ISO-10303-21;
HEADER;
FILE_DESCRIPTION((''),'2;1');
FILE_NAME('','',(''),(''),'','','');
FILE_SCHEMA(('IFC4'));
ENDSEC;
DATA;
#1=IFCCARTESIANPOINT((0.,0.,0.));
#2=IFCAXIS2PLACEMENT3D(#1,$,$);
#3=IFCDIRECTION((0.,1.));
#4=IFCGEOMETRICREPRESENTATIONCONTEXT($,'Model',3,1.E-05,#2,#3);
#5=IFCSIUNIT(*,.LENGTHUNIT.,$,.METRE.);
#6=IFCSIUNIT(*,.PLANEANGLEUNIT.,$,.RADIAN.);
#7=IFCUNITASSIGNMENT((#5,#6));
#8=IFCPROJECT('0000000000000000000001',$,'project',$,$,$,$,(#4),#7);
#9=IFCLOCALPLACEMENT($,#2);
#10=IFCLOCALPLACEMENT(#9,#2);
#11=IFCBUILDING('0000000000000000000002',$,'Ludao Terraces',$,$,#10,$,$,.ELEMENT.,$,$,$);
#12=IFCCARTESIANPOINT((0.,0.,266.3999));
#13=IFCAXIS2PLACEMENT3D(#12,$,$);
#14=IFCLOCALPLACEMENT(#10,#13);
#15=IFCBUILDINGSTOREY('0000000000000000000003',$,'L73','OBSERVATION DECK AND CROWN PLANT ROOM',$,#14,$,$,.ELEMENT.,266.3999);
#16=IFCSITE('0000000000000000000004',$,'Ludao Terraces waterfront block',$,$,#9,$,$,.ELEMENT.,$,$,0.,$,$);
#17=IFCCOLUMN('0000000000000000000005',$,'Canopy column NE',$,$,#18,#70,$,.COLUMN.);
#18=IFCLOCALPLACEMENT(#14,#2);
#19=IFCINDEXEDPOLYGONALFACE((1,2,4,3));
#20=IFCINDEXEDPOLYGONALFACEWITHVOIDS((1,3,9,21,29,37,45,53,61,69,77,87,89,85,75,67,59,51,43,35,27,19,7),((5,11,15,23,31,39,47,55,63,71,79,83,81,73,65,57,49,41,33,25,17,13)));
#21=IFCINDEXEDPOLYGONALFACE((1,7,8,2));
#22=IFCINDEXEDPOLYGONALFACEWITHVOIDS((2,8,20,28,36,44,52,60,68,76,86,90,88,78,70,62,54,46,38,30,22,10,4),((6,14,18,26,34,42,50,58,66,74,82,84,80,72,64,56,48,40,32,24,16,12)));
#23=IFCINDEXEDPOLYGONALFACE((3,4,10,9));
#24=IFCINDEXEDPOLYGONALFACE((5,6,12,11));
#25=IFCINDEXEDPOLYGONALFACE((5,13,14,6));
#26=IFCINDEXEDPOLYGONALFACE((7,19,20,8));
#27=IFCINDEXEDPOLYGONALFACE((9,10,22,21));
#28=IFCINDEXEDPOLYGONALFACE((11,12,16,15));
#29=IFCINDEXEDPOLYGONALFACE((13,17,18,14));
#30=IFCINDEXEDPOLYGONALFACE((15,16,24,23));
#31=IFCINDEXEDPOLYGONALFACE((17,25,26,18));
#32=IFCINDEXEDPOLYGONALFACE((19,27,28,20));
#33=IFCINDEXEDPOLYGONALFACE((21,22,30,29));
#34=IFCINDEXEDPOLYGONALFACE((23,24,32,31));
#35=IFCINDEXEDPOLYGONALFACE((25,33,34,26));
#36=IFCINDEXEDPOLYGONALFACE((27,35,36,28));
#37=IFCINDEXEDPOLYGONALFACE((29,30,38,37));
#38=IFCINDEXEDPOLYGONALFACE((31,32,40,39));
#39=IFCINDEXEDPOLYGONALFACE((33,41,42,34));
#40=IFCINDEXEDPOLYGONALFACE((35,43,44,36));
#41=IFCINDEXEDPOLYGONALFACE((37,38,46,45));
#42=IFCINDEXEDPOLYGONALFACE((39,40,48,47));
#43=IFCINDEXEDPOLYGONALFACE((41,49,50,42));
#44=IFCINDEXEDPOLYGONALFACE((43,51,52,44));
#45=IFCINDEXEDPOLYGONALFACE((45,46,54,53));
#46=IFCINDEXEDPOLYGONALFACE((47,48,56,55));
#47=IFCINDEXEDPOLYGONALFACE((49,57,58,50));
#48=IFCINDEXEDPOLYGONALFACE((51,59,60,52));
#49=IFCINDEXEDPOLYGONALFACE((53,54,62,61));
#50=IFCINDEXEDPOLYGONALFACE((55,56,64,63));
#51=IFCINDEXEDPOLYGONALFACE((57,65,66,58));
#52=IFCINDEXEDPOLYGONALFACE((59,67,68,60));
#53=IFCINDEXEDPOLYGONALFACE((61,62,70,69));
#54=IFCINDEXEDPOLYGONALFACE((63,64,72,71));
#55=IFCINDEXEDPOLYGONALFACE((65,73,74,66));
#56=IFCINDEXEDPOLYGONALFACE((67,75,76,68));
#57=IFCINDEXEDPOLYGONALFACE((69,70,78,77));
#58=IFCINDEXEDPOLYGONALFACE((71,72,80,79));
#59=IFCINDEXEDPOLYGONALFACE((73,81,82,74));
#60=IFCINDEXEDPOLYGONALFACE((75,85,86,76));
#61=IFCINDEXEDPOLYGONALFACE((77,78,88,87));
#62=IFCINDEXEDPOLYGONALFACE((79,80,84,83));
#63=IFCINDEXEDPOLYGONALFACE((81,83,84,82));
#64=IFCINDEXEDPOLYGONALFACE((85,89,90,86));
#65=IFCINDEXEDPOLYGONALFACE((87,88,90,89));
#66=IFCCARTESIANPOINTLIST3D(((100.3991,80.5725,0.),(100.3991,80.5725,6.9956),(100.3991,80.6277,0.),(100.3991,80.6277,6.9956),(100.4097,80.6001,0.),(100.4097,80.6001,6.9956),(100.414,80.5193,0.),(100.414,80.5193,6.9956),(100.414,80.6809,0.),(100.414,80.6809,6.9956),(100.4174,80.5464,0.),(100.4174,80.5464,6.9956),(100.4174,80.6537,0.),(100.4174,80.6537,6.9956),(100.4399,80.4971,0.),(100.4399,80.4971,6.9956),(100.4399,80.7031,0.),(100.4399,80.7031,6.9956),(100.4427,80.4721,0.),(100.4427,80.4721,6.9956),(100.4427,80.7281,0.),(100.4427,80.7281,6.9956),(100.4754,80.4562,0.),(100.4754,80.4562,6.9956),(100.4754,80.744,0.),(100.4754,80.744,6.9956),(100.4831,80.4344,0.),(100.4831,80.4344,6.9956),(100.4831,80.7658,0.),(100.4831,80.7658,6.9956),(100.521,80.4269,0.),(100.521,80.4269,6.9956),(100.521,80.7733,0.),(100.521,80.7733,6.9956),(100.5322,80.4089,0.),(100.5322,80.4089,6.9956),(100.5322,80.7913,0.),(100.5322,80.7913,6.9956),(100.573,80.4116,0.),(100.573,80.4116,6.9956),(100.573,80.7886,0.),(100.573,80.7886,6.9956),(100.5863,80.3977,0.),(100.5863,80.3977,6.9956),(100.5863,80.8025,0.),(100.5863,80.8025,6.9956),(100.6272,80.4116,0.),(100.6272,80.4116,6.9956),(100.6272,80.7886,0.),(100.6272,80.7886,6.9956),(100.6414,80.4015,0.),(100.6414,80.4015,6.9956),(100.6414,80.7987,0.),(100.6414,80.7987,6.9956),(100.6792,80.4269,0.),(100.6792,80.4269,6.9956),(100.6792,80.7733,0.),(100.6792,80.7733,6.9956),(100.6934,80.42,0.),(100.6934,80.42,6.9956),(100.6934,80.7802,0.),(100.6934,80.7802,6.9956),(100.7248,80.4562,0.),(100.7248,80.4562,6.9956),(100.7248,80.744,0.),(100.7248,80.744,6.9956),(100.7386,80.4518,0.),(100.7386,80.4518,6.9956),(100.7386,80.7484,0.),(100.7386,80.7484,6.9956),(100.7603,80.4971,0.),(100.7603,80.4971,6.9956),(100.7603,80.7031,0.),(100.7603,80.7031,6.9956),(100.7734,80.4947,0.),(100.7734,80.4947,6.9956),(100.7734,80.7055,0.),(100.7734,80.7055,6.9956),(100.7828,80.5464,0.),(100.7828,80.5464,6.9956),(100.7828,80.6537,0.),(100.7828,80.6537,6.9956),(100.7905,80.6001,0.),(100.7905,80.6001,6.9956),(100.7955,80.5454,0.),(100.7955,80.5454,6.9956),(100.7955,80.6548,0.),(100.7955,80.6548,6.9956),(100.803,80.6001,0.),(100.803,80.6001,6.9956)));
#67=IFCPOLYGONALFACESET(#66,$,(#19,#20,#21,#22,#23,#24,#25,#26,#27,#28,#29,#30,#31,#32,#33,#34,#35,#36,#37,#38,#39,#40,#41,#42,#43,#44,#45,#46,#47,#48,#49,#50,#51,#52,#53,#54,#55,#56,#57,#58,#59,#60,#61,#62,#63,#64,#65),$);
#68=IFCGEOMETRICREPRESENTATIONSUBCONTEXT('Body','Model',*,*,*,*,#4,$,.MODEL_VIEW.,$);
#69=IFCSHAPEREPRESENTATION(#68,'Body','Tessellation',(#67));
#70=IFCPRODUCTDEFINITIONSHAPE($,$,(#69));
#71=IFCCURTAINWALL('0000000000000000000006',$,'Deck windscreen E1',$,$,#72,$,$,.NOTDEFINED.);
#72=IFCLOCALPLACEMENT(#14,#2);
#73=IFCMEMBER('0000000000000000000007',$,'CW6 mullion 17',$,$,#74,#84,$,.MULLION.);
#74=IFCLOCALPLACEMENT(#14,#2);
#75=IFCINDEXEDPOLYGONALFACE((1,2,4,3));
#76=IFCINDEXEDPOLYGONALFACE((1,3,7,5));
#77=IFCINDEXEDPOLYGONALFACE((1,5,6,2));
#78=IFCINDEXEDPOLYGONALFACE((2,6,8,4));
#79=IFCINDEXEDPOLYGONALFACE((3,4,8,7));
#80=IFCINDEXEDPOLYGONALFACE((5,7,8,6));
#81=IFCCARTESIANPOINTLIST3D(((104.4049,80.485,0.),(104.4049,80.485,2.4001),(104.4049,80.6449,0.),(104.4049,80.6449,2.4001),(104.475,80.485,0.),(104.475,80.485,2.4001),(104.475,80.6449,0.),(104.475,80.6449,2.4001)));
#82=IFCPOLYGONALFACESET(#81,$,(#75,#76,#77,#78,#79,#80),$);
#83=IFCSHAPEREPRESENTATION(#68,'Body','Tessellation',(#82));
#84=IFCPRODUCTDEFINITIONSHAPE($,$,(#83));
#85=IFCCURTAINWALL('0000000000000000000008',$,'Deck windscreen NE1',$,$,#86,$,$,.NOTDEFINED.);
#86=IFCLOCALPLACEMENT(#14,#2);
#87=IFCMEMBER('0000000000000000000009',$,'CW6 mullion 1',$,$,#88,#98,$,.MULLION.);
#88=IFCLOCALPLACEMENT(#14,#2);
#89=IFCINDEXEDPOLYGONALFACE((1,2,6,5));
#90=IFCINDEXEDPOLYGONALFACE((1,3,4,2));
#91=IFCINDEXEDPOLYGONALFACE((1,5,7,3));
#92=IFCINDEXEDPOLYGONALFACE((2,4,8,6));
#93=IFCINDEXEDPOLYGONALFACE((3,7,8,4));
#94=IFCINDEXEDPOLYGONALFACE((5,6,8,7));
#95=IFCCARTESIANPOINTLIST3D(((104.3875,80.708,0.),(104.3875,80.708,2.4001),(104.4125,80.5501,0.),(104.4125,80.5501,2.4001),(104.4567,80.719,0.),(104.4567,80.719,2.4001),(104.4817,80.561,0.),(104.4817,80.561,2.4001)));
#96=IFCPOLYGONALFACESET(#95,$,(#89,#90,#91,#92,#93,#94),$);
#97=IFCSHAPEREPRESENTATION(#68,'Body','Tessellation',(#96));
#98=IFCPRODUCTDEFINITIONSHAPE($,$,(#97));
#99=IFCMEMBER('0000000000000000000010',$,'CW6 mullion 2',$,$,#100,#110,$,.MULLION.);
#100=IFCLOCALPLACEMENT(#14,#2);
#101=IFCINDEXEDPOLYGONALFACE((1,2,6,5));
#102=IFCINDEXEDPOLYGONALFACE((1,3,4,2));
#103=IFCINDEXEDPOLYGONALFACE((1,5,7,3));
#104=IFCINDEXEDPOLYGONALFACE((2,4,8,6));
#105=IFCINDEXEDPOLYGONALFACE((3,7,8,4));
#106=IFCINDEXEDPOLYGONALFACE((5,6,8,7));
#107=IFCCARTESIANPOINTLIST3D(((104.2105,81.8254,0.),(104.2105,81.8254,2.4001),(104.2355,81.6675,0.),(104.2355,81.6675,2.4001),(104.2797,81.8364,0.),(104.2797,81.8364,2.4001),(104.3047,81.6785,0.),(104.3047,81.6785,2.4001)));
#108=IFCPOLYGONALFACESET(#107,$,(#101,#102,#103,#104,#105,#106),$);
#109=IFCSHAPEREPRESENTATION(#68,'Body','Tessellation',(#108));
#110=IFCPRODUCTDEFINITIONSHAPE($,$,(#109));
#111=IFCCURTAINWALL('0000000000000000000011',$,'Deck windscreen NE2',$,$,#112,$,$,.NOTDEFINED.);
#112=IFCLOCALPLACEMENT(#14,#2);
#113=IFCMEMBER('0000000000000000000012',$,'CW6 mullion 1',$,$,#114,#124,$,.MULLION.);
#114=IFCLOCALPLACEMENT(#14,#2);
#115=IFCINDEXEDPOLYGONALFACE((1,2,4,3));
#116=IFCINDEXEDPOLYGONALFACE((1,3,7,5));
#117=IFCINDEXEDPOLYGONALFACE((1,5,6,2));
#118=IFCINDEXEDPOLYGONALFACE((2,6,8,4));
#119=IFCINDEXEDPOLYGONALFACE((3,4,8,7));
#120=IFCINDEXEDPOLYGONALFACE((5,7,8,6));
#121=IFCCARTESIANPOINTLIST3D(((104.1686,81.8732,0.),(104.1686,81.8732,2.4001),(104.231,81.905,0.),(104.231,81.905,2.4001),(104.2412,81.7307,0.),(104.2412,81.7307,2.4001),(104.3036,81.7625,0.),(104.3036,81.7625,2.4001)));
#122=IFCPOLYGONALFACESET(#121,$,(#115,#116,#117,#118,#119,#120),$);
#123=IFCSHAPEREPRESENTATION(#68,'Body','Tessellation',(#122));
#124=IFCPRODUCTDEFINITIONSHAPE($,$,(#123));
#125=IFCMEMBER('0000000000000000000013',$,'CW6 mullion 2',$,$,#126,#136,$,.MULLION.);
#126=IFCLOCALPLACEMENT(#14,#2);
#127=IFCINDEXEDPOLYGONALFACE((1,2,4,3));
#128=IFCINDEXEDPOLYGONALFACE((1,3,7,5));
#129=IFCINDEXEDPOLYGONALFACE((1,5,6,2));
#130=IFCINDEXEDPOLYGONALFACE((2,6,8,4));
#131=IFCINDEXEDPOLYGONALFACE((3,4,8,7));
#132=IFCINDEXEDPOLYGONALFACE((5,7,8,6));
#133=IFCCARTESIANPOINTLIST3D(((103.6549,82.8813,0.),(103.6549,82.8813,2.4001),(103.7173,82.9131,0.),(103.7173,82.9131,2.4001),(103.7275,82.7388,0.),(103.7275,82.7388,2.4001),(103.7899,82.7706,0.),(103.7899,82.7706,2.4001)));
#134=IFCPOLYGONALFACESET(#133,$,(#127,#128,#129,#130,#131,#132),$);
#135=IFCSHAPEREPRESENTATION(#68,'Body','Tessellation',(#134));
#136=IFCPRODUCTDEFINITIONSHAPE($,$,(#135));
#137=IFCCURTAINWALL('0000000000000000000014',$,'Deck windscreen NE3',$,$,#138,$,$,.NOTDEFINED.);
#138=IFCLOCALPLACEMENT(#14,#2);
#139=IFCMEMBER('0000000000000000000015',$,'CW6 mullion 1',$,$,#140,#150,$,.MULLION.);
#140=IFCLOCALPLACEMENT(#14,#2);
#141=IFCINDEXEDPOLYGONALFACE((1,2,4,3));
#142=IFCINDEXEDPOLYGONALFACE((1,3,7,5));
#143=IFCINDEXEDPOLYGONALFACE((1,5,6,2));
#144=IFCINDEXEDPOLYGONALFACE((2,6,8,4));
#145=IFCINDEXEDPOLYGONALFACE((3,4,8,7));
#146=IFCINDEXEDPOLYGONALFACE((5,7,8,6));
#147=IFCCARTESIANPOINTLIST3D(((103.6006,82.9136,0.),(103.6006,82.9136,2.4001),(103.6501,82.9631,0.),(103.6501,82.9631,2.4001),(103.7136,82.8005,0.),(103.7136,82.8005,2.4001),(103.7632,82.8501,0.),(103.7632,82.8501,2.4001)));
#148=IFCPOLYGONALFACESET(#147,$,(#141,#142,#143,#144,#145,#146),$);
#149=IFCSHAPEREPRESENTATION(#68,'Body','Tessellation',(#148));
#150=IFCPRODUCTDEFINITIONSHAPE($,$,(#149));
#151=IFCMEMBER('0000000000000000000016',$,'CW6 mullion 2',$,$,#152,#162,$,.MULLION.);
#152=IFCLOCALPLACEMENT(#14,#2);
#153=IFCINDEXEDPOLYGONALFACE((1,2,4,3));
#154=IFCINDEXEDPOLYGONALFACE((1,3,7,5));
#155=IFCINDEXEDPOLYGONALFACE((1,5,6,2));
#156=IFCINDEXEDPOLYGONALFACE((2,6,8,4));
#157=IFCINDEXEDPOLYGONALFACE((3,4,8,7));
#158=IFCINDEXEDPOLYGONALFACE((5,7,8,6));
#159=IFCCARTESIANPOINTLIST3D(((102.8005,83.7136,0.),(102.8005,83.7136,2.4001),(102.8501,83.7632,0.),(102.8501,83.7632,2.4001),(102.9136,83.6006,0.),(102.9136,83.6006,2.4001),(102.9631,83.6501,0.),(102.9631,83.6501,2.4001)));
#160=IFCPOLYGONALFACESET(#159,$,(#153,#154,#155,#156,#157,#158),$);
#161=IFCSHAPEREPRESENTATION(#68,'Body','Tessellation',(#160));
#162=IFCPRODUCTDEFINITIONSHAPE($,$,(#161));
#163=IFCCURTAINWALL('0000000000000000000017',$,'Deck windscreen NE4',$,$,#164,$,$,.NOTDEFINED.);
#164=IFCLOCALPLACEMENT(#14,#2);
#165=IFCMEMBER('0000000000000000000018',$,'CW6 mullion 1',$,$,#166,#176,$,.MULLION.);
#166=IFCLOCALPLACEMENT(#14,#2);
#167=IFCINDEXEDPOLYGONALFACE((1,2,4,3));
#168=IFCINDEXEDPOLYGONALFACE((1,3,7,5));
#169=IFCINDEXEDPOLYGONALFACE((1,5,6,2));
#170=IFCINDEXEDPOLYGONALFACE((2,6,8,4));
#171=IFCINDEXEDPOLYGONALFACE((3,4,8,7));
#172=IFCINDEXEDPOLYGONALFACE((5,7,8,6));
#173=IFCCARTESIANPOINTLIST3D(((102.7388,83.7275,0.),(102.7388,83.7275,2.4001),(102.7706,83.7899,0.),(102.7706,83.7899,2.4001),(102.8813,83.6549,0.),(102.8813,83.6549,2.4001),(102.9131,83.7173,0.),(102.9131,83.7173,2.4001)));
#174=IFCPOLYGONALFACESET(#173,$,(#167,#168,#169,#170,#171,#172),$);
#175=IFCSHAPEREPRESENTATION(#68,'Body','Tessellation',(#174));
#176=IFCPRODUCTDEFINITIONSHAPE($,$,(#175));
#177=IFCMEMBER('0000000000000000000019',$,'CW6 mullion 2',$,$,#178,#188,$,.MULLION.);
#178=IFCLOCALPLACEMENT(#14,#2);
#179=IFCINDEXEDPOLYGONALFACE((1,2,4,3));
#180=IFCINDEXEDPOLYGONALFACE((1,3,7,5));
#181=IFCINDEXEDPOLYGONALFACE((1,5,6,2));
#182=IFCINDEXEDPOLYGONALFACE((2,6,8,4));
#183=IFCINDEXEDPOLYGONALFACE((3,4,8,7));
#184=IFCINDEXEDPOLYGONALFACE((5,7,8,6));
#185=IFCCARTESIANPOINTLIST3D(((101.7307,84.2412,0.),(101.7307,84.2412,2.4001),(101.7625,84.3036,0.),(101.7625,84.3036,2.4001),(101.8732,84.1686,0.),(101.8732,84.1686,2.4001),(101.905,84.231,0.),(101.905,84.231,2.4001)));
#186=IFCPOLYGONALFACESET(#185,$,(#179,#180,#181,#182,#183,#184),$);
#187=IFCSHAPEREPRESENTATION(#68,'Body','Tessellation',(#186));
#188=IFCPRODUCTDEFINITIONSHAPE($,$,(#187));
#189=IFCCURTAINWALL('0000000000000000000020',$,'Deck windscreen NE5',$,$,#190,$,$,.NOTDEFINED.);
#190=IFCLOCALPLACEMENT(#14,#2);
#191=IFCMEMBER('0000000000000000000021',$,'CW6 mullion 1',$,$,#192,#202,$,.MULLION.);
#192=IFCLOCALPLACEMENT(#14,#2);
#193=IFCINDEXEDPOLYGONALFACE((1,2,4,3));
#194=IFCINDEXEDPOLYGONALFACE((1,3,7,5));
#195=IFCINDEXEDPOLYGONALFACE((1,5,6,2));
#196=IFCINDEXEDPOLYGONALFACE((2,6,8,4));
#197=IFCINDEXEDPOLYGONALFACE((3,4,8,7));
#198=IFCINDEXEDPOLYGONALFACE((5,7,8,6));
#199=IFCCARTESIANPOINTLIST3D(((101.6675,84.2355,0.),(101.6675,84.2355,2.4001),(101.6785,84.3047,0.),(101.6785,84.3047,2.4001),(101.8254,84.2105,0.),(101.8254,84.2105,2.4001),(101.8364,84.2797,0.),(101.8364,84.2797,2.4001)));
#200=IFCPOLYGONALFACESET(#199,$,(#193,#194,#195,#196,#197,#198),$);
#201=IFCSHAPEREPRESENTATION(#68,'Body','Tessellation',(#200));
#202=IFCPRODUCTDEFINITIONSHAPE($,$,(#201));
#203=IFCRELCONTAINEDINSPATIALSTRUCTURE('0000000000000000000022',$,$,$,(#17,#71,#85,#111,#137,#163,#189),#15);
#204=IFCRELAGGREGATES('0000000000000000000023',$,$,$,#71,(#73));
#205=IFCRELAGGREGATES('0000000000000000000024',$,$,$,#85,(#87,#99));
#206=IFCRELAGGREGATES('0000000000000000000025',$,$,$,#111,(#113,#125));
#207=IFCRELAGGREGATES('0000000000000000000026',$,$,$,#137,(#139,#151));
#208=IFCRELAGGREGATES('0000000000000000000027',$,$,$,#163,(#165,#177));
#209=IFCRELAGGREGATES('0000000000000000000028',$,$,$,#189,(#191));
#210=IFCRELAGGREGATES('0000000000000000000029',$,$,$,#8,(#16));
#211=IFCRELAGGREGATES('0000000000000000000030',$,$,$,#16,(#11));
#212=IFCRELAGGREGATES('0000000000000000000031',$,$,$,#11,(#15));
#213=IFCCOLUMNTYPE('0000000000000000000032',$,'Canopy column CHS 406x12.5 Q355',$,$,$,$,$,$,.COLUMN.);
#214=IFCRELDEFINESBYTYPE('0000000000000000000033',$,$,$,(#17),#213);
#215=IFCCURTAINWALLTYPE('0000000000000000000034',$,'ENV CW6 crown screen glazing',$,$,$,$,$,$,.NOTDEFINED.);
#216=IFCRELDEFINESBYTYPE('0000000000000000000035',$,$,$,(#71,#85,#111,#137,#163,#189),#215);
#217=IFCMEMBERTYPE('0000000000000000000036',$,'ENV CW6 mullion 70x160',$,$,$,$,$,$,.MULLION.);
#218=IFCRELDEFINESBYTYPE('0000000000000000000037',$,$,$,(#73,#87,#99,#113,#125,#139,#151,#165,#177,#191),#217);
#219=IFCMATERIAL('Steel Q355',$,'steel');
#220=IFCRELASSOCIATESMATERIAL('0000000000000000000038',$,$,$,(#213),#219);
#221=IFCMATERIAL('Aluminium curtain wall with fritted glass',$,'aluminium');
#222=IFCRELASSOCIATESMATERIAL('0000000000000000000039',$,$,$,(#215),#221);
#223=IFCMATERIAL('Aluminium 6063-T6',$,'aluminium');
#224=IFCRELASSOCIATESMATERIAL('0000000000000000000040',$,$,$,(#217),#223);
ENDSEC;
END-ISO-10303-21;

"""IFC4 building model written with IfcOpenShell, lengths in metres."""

from ifc_helpers import new_model, si_unit, direction, frame, origin, origin_2d, place, context, subcontext, project, spatial, rectangle, hollow_circle, extrude, material, material_profile, profile_set, type_object, element, aggregate, save


model = new_model("IFC4")

# Units and contexts
model_context = context("Model", 3, precision=1e-05, world=origin(), true_north=direction((0.0, 1.0)))
body_context = subcontext(model_context, "Body", "Model", "MODEL_VIEW")
ifc_project = project(units=[si_unit("LENGTHUNIT", "METRE"), si_unit("PLANEANGLEUNIT", "RADIAN")], contexts=[model_context])

# Site, building, storey
site_placement = place(None, origin())
site = spatial("IfcSite", under=ifc_project, at=site_placement, Name="Ludao Terraces waterfront block", CompositionType="ELEMENT", RefElevation=0.0)
building_placement = place(site_placement, origin())
building = spatial("IfcBuilding", under=site, at=building_placement, Name="Ludao Terraces", CompositionType="ELEMENT")
storey_placement = place(building_placement, frame((0.0, 0.0, 266.3999)))
storey = spatial("IfcBuildingStorey", under=building, at=storey_placement, Name="L73", Description="OBSERVATION DECK AND CROWN PLANT ROOM", CompositionType="ELEMENT", Elevation=266.3999)

# Column
ifc_material_1 = material(Name="Steel Q355", Category="steel")
ifc_material_profile_1 = material_profile(ifc_material_1, hollow_circle(Radius=0.2029, WallThickness=0.0125, at=origin_2d()), Name="CHS 406X12.5")
ifc_profile_set_1 = profile_set([ifc_material_profile_1], Name="Steel Q355")
column_type = type_object("IfcColumnType", Name="Canopy column CHS 406x12.5 Q355", PredefinedType="COLUMN", material=ifc_profile_set_1)
column_placement = place(storey_placement, frame((100.6001, 80.6001, 0.0), z_axis=(0.0, 0.0, 1.0), x_axis=(1.0, 0.0, 0.0)))
element("IfcColumn", 1, at=column_placement, inside=storey, type_object=column_type, Name="Canopy column NE", PredefinedType="COLUMN", context=body_context, shape_type="SweptSolid", body=[
    extrude(hollow_circle(Radius=0.2029, WallThickness=0.0125, at=origin_2d()), origin(), (0.0, 0.0, 1.0), 6.9956),
])

# Curtain wall, member
ifc_material_2 = material(Name="Aluminium curtain wall with fritted glass", Category="aluminium")
curtain_wall_type = type_object("IfcCurtainWallType", Name="ENV CW6 crown screen glazing", PredefinedType="NOTDEFINED", material=ifc_material_2)
curtain_wall_1_placement = place(storey_placement, origin())
curtain_wall_1 = element("IfcCurtainWall", 2, at=curtain_wall_1_placement, inside=storey, type_object=curtain_wall_type, Name="Deck windscreen E1", PredefinedType="NOTDEFINED")
ifc_material_3 = material(Name="Aluminium 6063-T6", Category="aluminium")
ifc_material_profile_2 = material_profile(ifc_material_3, rectangle(XDim=0.0701, YDim=0.1599, at=origin_2d()), Name="70 X 160")
ifc_profile_set_2 = profile_set([ifc_material_profile_2], Name="Aluminium 6063-T6")
member_type_1 = type_object("IfcMemberType", Name="ENV CW6 mullion 70x160", PredefinedType="MULLION", material=ifc_profile_set_2)
member_1_placement = place(storey_placement, frame((104.4399, 80.5649, 0.0), z_axis=(0.0, 0.0, 1.0), x_axis=(-1.0, 0.0, 0.0)))
member_1 = element("IfcMember", 3, at=member_1_placement, type_object=member_type_1, Name="CW6 mullion 17", PredefinedType="MULLION", context=body_context, shape_type="SweptSolid", body=[
    extrude(rectangle(XDim=0.0701, YDim=0.1599, at=origin_2d()), origin(), (0.0, 0.0, 1.0), 2.4001),
])

# Curtain walls, members
curtain_wall_2_placement = place(storey_placement, origin())
curtain_wall_2 = element("IfcCurtainWall", 4, at=curtain_wall_2_placement, inside=storey, type_object=curtain_wall_type, Name="Deck windscreen NE1", PredefinedType="NOTDEFINED")
member_2_placement = place(storey_placement, frame((104.4346, 80.6345, 0.0), z_axis=(0.0, 0.0, 1.0), x_axis=(-0.987688, -0.156435, 0.0)))
member_2 = element("IfcMember", 5, at=member_2_placement, type_object=member_type_1, Name="CW6 mullion 1", PredefinedType="MULLION", context=body_context, shape_type="SweptSolid", body=[
    extrude(rectangle(XDim=0.0701, YDim=0.1599, at=origin_2d()), origin(), (0.0, 0.0, 1.0), 2.4001),
])
member_3_placement = place(storey_placement, frame((104.2576, 81.752, 0.0), z_axis=(0.0, 0.0, 1.0), x_axis=(-0.987688, -0.156435, 0.0)))
member_3 = element("IfcMember", 6, at=member_3_placement, type_object=member_type_1, Name="CW6 mullion 2", PredefinedType="MULLION", context=body_context, shape_type="SweptSolid", body=[
    extrude(rectangle(XDim=0.0701, YDim=0.1599, at=origin_2d()), origin(), (0.0, 0.0, 1.0), 2.4001),
])
curtain_wall_3_placement = place(storey_placement, origin())
curtain_wall_3 = element("IfcCurtainWall", 7, at=curtain_wall_3_placement, inside=storey, type_object=curtain_wall_type, Name="Deck windscreen NE2", PredefinedType="NOTDEFINED")
member_4_placement = place(storey_placement, frame((104.2361, 81.8179, 0.0), z_axis=(0.0, 0.0, 1.0), x_axis=(-0.891006, -0.453991, 0.0)))
member_4 = element("IfcMember", 8, at=member_4_placement, type_object=member_type_1, Name="CW6 mullion 1", PredefinedType="MULLION", context=body_context, shape_type="SweptSolid", body=[
    extrude(rectangle(XDim=0.0701, YDim=0.1599, at=origin_2d()), origin(), (0.0, 0.0, 1.0), 2.4001),
])
member_5_placement = place(storey_placement, frame((103.7224, 82.8259, 0.0), z_axis=(0.0, 0.0, 1.0), x_axis=(-0.891006, -0.453991, 0.0)))
member_5 = element("IfcMember", 9, at=member_5_placement, type_object=member_type_1, Name="CW6 mullion 2", PredefinedType="MULLION", context=body_context, shape_type="SweptSolid", body=[
    extrude(rectangle(XDim=0.0701, YDim=0.1599, at=origin_2d()), origin(), (0.0, 0.0, 1.0), 2.4001),
])
curtain_wall_4_placement = place(storey_placement, origin())
curtain_wall_4 = element("IfcCurtainWall", 10, at=curtain_wall_4_placement, inside=storey, type_object=curtain_wall_type, Name="Deck windscreen NE3", PredefinedType="NOTDEFINED")
member_6_placement = place(storey_placement, frame((103.6819, 82.8818, 0.0), z_axis=(0.0, 0.0, 1.0), x_axis=(-0.707107, -0.707107, 0.0)))
member_6 = element("IfcMember", 11, at=member_6_placement, type_object=member_type_1, Name="CW6 mullion 1", PredefinedType="MULLION", context=body_context, shape_type="SweptSolid", body=[
    extrude(rectangle(XDim=0.0701, YDim=0.1599, at=origin_2d()), origin(), (0.0, 0.0, 1.0), 2.4001),
])
member_7_placement = place(storey_placement, frame((102.8818, 83.6819, 0.0), z_axis=(0.0, 0.0, 1.0), x_axis=(-0.707107, -0.707107, 0.0)))
member_7 = element("IfcMember", 12, at=member_7_placement, type_object=member_type_1, Name="CW6 mullion 2", PredefinedType="MULLION", context=body_context, shape_type="SweptSolid", body=[
    extrude(rectangle(XDim=0.0701, YDim=0.1599, at=origin_2d()), origin(), (0.0, 0.0, 1.0), 2.4001),
])
curtain_wall_5_placement = place(storey_placement, origin())
curtain_wall_5 = element("IfcCurtainWall", 13, at=curtain_wall_5_placement, inside=storey, type_object=curtain_wall_type, Name="Deck windscreen NE4", PredefinedType="NOTDEFINED")
member_8_placement = place(storey_placement, frame((102.8259, 83.7224, 0.0), z_axis=(0.0, 0.0, 1.0), x_axis=(-0.453991, -0.891006, 0.0)))
member_8 = element("IfcMember", 14, at=member_8_placement, type_object=member_type_1, Name="CW6 mullion 1", PredefinedType="MULLION", context=body_context, shape_type="SweptSolid", body=[
    extrude(rectangle(XDim=0.0701, YDim=0.1599, at=origin_2d()), origin(), (0.0, 0.0, 1.0), 2.4001),
])
member_9_placement = place(storey_placement, frame((101.8179, 84.2361, 0.0), z_axis=(0.0, 0.0, 1.0), x_axis=(-0.453991, -0.891006, 0.0)))
member_9 = element("IfcMember", 15, at=member_9_placement, type_object=member_type_1, Name="CW6 mullion 2", PredefinedType="MULLION", context=body_context, shape_type="SweptSolid", body=[
    extrude(rectangle(XDim=0.0701, YDim=0.1599, at=origin_2d()), origin(), (0.0, 0.0, 1.0), 2.4001),
])
curtain_wall_6_placement = place(storey_placement, origin())
curtain_wall_6 = element("IfcCurtainWall", 16, at=curtain_wall_6_placement, inside=storey, type_object=curtain_wall_type, Name="Deck windscreen NE5", PredefinedType="NOTDEFINED")
member_10_placement = place(storey_placement, frame((101.752, 84.2576, 0.0), z_axis=(0.0, 0.0, 1.0), x_axis=(-0.156435, -0.987688, 0.0)))
member_10 = element("IfcMember", 17, at=member_10_placement, type_object=member_type_1, Name="CW6 mullion 1", PredefinedType="MULLION", context=body_context, shape_type="SweptSolid", body=[
    extrude(rectangle(XDim=0.0701, YDim=0.1599, at=origin_2d()), origin(), (0.0, 0.0, 1.0), 2.4001),
])

aggregate(curtain_wall_1, [member_1])
aggregate(curtain_wall_2, [member_2, member_3])
aggregate(curtain_wall_3, [member_4, member_5])
aggregate(curtain_wall_4, [member_6, member_7])
aggregate(curtain_wall_5, [member_8, member_9])
aggregate(curtain_wall_6, [member_10])

save(model, "model.ifc")
